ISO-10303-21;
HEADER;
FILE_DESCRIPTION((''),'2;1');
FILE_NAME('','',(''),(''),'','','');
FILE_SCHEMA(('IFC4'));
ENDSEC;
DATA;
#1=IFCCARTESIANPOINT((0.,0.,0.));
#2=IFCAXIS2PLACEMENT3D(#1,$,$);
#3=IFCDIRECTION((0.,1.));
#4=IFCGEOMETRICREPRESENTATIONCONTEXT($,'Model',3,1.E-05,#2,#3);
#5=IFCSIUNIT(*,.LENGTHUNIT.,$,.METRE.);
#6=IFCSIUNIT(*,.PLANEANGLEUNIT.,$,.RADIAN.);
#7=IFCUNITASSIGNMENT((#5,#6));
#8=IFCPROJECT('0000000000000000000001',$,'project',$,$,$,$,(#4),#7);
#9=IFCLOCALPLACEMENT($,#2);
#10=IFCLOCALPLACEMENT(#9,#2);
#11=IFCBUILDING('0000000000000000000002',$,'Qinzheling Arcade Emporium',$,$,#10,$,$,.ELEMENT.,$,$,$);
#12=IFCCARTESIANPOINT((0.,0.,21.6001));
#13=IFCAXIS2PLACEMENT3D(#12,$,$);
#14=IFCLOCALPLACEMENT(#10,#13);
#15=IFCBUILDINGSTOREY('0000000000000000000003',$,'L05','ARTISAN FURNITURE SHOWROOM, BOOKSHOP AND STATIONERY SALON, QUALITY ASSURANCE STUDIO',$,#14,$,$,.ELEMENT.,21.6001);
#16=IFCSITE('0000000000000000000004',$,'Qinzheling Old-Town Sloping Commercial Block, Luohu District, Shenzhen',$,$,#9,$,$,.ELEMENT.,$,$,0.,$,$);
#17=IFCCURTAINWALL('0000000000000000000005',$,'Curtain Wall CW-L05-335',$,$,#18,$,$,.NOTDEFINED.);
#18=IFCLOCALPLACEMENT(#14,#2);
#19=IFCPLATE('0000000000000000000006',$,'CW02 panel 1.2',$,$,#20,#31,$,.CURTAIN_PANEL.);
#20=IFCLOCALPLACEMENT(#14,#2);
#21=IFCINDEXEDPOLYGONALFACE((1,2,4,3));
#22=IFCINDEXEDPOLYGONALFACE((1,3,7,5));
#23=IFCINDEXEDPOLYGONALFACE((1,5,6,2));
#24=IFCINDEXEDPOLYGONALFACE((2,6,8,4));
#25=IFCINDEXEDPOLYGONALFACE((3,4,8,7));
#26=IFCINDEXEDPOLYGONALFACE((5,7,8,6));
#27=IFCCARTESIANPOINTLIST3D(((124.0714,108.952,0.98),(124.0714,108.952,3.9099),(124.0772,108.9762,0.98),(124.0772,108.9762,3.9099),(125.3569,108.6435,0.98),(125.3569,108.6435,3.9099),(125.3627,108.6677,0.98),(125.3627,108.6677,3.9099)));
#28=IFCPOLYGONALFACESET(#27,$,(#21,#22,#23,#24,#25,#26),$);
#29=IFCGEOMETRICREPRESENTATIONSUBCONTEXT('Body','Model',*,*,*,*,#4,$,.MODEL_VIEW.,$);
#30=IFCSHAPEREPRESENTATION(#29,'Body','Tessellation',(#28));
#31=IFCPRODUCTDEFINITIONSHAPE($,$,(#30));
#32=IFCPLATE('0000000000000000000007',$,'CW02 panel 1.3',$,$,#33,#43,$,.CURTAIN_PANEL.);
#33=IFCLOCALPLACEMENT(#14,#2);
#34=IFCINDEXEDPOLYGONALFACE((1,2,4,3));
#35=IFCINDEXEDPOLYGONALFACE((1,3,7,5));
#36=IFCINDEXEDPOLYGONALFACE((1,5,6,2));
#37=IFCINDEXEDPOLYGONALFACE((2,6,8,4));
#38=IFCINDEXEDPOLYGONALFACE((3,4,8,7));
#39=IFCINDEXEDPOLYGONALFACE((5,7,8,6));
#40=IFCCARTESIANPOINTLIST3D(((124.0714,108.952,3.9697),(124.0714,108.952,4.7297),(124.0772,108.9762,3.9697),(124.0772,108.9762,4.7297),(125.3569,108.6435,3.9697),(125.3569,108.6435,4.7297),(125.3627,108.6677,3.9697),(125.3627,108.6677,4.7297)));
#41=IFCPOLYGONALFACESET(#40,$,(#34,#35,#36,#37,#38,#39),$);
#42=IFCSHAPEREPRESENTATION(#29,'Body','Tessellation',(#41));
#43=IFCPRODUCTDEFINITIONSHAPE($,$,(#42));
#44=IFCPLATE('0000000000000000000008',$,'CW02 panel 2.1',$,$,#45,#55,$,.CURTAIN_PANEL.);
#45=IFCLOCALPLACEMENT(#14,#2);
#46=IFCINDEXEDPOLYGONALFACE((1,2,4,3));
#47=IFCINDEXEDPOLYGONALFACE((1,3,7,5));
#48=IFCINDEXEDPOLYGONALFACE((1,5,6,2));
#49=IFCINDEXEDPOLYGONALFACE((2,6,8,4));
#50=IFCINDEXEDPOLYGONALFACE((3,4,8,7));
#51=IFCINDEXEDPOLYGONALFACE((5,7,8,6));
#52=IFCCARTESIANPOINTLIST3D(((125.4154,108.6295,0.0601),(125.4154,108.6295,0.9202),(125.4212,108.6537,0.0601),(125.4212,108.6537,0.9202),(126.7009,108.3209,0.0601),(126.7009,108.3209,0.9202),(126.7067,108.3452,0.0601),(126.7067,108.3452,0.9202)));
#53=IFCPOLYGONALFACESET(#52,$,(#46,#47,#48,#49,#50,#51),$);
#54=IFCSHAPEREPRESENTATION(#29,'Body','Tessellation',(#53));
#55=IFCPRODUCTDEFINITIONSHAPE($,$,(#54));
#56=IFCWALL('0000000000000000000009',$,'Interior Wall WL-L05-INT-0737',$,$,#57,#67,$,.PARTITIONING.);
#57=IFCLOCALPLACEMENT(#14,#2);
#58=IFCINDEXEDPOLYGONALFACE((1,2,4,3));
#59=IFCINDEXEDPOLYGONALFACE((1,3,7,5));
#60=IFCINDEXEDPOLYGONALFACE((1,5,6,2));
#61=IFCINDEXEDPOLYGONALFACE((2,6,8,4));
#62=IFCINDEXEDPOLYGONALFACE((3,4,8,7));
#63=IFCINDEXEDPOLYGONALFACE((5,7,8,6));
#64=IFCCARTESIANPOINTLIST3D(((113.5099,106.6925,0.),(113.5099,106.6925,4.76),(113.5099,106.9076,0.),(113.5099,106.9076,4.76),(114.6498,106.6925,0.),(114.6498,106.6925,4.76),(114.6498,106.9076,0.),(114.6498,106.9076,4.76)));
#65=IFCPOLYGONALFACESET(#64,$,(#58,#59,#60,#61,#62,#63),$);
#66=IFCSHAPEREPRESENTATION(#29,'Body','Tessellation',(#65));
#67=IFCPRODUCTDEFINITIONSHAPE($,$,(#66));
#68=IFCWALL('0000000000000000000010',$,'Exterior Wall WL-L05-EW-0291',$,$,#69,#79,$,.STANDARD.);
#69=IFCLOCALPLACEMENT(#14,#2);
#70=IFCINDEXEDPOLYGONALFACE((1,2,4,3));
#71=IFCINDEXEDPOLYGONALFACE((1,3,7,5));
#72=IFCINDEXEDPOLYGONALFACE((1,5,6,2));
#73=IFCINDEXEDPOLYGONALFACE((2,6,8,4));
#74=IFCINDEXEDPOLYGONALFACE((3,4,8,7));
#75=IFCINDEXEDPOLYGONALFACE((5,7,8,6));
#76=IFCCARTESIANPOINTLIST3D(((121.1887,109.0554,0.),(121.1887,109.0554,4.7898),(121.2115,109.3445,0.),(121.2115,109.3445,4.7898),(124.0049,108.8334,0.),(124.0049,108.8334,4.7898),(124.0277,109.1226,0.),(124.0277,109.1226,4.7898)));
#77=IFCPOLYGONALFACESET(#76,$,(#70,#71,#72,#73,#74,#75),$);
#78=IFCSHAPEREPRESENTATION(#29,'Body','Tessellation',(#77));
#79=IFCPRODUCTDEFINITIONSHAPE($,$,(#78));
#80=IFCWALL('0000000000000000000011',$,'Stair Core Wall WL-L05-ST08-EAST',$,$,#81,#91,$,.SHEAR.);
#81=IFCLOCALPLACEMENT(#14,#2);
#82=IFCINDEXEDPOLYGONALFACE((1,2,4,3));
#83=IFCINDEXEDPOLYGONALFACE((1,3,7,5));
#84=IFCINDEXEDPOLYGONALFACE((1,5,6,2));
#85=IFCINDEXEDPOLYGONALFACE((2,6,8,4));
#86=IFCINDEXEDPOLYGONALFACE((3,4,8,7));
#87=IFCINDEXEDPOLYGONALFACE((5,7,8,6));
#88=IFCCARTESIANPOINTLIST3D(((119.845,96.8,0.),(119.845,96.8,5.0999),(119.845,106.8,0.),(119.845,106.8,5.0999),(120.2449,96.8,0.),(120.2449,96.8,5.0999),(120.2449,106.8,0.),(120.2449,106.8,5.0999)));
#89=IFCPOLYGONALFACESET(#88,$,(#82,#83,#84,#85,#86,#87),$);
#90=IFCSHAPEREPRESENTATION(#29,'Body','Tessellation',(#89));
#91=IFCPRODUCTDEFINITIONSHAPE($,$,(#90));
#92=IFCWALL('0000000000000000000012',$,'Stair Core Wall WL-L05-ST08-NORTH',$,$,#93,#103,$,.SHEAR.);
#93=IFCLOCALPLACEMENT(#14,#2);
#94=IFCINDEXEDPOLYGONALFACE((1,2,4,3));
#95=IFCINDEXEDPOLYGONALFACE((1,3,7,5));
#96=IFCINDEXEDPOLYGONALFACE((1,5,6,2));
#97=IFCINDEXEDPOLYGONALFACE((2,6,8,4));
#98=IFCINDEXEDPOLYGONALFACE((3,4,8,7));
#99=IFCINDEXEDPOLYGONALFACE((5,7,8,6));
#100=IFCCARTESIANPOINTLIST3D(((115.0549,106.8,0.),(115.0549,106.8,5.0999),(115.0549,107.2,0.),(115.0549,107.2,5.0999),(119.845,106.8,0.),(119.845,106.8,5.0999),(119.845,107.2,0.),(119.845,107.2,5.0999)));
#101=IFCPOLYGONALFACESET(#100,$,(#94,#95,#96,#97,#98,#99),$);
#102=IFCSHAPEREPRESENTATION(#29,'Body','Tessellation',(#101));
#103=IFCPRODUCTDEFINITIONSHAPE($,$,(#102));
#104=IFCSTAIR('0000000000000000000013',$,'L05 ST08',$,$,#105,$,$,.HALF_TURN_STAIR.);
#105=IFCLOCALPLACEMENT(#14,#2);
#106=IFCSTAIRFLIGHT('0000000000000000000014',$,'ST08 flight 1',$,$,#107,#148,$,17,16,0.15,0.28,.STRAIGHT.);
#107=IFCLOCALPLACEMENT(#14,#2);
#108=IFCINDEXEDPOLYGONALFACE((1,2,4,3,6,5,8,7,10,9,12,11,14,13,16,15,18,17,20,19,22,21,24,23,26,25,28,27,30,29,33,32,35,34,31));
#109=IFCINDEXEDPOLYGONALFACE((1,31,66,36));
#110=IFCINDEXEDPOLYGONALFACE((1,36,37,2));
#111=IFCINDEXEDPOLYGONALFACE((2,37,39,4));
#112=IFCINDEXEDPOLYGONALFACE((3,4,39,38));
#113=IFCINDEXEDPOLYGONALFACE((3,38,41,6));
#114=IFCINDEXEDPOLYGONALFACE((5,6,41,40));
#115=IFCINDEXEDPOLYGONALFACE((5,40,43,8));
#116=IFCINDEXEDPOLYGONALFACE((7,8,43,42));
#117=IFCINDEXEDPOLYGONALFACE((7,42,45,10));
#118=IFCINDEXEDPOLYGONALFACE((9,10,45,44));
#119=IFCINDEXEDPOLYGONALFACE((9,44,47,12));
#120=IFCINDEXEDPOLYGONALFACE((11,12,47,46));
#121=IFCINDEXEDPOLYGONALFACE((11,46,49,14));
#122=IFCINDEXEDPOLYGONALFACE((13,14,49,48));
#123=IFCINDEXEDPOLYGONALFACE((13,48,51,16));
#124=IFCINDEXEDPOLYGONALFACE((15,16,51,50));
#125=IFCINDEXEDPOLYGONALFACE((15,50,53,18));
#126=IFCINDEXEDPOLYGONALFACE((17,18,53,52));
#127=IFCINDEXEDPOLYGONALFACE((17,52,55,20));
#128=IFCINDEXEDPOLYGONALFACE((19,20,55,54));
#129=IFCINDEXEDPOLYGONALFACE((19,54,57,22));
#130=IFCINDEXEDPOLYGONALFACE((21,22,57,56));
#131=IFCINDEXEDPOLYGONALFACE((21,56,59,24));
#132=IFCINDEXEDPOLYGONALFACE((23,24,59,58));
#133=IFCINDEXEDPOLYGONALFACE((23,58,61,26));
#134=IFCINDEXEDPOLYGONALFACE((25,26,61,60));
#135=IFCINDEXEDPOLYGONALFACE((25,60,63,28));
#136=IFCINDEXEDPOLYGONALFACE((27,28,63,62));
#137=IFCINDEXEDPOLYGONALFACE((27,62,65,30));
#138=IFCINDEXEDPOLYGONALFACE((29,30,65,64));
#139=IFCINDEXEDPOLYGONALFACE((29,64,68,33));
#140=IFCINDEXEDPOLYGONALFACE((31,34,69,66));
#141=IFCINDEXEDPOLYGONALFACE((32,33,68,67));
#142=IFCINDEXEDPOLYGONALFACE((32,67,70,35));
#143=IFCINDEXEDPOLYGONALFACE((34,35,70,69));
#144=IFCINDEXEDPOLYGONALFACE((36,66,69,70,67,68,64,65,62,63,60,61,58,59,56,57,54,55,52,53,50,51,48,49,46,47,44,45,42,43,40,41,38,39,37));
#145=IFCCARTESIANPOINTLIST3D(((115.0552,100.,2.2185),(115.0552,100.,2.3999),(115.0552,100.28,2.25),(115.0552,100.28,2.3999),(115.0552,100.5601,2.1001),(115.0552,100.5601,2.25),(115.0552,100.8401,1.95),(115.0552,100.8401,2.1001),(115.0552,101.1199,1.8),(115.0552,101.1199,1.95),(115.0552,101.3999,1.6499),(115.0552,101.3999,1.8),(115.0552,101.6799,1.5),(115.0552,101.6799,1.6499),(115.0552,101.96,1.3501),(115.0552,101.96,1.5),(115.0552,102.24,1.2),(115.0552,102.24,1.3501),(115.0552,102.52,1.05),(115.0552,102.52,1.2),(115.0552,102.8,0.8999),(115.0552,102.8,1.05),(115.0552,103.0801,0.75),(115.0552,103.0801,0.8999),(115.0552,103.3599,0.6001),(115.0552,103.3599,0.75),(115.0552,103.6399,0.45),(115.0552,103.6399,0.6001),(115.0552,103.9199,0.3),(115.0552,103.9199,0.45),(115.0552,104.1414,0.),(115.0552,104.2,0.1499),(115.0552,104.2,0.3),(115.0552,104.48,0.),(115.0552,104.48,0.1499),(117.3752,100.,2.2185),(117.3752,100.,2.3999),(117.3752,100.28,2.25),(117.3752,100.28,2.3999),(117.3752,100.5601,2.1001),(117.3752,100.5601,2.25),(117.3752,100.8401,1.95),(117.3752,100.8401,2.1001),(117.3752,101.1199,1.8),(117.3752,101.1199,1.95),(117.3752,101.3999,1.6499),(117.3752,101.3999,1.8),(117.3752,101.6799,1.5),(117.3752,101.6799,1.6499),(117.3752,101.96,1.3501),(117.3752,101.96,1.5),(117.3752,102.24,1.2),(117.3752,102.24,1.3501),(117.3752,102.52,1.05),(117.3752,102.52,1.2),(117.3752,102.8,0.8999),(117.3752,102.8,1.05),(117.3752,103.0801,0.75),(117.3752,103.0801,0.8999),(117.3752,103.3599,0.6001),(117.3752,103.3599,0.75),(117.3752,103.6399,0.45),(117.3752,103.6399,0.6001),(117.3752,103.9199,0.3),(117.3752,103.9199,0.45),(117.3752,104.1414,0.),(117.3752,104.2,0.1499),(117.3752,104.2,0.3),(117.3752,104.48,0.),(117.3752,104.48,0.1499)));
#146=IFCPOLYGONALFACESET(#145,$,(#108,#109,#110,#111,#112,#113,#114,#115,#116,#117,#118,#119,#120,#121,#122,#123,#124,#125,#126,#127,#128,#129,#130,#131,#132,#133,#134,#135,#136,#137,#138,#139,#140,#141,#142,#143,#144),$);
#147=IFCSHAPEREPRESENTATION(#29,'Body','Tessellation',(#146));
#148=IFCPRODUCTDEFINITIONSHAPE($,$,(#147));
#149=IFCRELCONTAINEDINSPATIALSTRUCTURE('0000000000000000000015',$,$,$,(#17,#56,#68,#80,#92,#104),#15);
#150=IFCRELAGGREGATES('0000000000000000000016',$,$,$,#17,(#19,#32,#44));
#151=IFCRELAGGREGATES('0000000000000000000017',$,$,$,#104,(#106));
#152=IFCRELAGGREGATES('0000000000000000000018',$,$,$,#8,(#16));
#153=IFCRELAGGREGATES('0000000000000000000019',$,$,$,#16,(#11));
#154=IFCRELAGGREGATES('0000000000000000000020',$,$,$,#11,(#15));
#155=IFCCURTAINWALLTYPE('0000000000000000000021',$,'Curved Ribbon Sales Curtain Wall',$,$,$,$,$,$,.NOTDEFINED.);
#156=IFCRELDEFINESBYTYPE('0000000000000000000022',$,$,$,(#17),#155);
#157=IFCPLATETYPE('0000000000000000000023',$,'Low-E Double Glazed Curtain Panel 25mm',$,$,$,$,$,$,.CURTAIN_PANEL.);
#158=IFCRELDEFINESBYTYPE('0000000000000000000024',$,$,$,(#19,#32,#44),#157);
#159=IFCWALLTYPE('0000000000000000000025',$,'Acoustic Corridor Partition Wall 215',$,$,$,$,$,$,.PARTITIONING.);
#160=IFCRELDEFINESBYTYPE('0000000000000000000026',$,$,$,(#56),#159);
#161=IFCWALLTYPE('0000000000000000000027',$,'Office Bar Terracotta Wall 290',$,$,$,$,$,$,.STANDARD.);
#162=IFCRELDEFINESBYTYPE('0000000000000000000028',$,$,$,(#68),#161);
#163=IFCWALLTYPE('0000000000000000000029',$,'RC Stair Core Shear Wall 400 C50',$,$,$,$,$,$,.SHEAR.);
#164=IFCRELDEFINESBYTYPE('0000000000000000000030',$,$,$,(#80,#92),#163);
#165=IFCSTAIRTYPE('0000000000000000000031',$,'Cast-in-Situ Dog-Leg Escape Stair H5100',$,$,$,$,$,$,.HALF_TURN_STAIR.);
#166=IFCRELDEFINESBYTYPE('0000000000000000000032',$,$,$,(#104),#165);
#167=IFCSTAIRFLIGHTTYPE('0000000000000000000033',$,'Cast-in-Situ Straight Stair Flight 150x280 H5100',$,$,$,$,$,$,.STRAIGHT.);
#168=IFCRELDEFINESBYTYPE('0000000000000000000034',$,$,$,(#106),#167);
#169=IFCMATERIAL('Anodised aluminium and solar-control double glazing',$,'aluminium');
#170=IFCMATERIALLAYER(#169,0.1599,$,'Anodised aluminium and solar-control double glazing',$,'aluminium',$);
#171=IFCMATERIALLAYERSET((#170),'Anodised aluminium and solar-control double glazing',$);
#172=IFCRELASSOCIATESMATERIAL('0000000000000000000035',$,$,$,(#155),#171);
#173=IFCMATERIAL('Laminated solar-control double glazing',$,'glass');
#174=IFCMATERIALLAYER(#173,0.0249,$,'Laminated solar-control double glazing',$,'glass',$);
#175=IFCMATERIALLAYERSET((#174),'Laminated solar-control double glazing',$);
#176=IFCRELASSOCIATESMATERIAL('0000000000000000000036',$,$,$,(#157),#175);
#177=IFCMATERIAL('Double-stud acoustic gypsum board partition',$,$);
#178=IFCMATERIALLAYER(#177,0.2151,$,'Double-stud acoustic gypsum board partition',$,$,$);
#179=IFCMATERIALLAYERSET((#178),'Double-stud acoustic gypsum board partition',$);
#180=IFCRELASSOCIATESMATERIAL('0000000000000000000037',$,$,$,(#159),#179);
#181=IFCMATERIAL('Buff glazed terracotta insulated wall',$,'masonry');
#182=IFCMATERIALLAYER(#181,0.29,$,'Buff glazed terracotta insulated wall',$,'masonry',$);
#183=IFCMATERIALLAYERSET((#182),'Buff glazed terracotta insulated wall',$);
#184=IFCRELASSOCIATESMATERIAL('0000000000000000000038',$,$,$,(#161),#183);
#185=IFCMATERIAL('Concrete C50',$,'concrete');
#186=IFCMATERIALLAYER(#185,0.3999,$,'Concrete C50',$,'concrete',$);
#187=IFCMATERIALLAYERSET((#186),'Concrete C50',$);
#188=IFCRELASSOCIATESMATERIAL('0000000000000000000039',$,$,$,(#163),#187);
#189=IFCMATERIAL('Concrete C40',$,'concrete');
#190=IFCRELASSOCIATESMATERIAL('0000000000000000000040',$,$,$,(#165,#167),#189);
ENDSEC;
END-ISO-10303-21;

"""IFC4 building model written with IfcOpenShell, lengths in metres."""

from ifc_helpers import new_model, si_unit, direction, frame, frame_2d, origin, origin_2d, place, context, subcontext, project, spatial, polyline, rectangle, outline, extrude, material, layer, layer_set, type_object, element, aggregate, save


model = new_model("IFC4")

# Units and contexts
model_context = context("Model", 3, precision=1e-05, world=origin(), true_north=direction((0.0, 1.0)))
body_context = subcontext(model_context, "Body", "Model", "MODEL_VIEW")
ifc_project = project(units=[si_unit("LENGTHUNIT", "METRE"), si_unit("PLANEANGLEUNIT", "RADIAN")], contexts=[model_context])

# Site, building, storey
site_placement = place(None, origin())
site = spatial("IfcSite", under=ifc_project, at=site_placement, Name="Qinzheling Old-Town Sloping Commercial Block, Luohu District, Shenzhen", CompositionType="ELEMENT", RefElevation=0.0)
building_placement = place(site_placement, origin())
building = spatial("IfcBuilding", under=site, at=building_placement, Name="Qinzheling Arcade Emporium", CompositionType="ELEMENT")
storey_placement = place(building_placement, frame((0.0, 0.0, 21.6001)))
storey = spatial("IfcBuildingStorey", under=building, at=storey_placement, Name="L05", Description="ARTISAN FURNITURE SHOWROOM, BOOKSHOP AND STATIONERY SALON, QUALITY ASSURANCE STUDIO", CompositionType="ELEMENT", Elevation=21.6001)

# Shared definitions
ifc_material_1 = material(Name="Concrete C40", Category="concrete")

# Curtain wall
ifc_material_2 = material(Name="Anodised aluminium and solar-control double glazing", Category="aluminium")
ifc_layer_1 = layer(ifc_material_2, 0.1599, Name="Anodised aluminium and solar-control double glazing", Category="aluminium")
ifc_layer_set_1 = layer_set([ifc_layer_1], Name="Anodised aluminium and solar-control double glazing")
curtain_wall_type = type_object("IfcCurtainWallType", Name="Curved Ribbon Sales Curtain Wall", PredefinedType="NOTDEFINED", material=ifc_layer_set_1)
curtain_wall_placement = place(storey_placement, origin())
curtain_wall = element("IfcCurtainWall", 1, at=curtain_wall_placement, inside=storey, type_object=curtain_wall_type, Name="Curtain Wall CW-L05-335", PredefinedType="NOTDEFINED")

# Plates
ifc_material_3 = material(Name="Laminated solar-control double glazing", Category="glass")
ifc_layer_2 = layer(ifc_material_3, 0.0249, Name="Laminated solar-control double glazing", Category="glass")
ifc_layer_set_2 = layer_set([ifc_layer_2], Name="Laminated solar-control double glazing")
plate_type = type_object("IfcPlateType", Name="Low-E Double Glazed Curtain Panel 25mm", PredefinedType="CURTAIN_PANEL", material=ifc_layer_set_2)
plate_1_placement = place(storey_placement, frame((124.717, 108.8098, 0.98), z_axis=(0.0, 0.0, 1.0), x_axis=(0.972391, -0.23336, 0.0)))
plate_1 = element("IfcPlate", 2, at=plate_1_placement, type_object=plate_type, Name="CW02 panel 1.2", PredefinedType="CURTAIN_PANEL", context=body_context, shape_type="SweptSolid", body=[
    extrude(rectangle(XDim=1.322, YDim=0.0249, at=origin_2d()), origin(), (0.0, 0.0, 1.0), 2.9299),
])
plate_2_placement = place(storey_placement, frame((124.717, 108.8098, 3.9697), z_axis=(0.0, 0.0, 1.0), x_axis=(0.972391, -0.23336, 0.0)))
plate_2 = element("IfcPlate", 3, at=plate_2_placement, type_object=plate_type, Name="CW02 panel 1.3", PredefinedType="CURTAIN_PANEL", context=body_context, shape_type="SweptSolid", body=[
    extrude(rectangle(XDim=1.322, YDim=0.0249, at=origin_2d()), origin(), (0.0, 0.0, 1.0), 0.76),
])
plate_3_placement = place(storey_placement, frame((126.061, 108.4873, 0.0601), z_axis=(0.0, 0.0, 1.0), x_axis=(0.972391, -0.23336, 0.0)))
plate_3 = element("IfcPlate", 4, at=plate_3_placement, type_object=plate_type, Name="CW02 panel 2.1", PredefinedType="CURTAIN_PANEL", context=body_context, shape_type="SweptSolid", body=[
    extrude(rectangle(XDim=1.322, YDim=0.0249, at=origin_2d()), origin(), (0.0, 0.0, 1.0), 0.8601),
])
aggregate(curtain_wall, [plate_1, plate_2, plate_3])

# Walls
ifc_material_4 = material(Name="Double-stud acoustic gypsum board partition")
ifc_layer_3 = layer(ifc_material_4, 0.2151, Name="Double-stud acoustic gypsum board partition")
ifc_layer_set_3 = layer_set([ifc_layer_3], Name="Double-stud acoustic gypsum board partition")
wall_type_1 = type_object("IfcWallType", Name="Acoustic Corridor Partition Wall 215", PredefinedType="PARTITIONING", material=ifc_layer_set_3)
wall_1_placement = place(storey_placement, frame((113.51, 106.8, 0.0), z_axis=(0.0, 0.0, 1.0), x_axis=(1.0, 0.0, 0.0)))
element("IfcWall", 5, at=wall_1_placement, inside=storey, type_object=wall_type_1, Name="Interior Wall WL-L05-INT-0737", PredefinedType="PARTITIONING", context=body_context, shape_type="SweptSolid", body=[
    extrude(rectangle(XDim=1.1399, YDim=0.2151, at=frame_2d((0.5698, 0.0))), origin(), (0.0, 0.0, 1.0), 4.76),
])
ifc_material_5 = material(Name="Buff glazed terracotta insulated wall", Category="masonry")
ifc_layer_4 = layer(ifc_material_5, 0.29, Name="Buff glazed terracotta insulated wall", Category="masonry")
ifc_layer_set_4 = layer_set([ifc_layer_4], Name="Buff glazed terracotta insulated wall")
wall_type_2 = type_object("IfcWallType", Name="Office Bar Terracotta Wall 290", PredefinedType="STANDARD", material=ifc_layer_set_4)
wall_2_placement = place(storey_placement, frame((121.2, 109.2, 0.0), z_axis=(0.0, 0.0, 1.0), x_axis=(0.996909, -0.07856, 0.0)))
element("IfcWall", 6, at=wall_2_placement, inside=storey, type_object=wall_type_2, Name="Exterior Wall WL-L05-EW-0291", PredefinedType="STANDARD", context=body_context, shape_type="SweptSolid", body=[
    extrude(rectangle(XDim=2.825, YDim=0.29, at=frame_2d((1.4126, 0.0))), origin(), (0.0, 0.0, 1.0), 4.7898),
])
ifc_material_6 = material(Name="Concrete C50", Category="concrete")
ifc_layer_5 = layer(ifc_material_6, 0.3999, Name="Concrete C50", Category="concrete")
ifc_layer_set_5 = layer_set([ifc_layer_5], Name="Concrete C50")
wall_type_3 = type_object("IfcWallType", Name="RC Stair Core Shear Wall 400 C50", PredefinedType="SHEAR", material=ifc_layer_set_5)
wall_3_placement = place(storey_placement, frame((120.0449, 106.8, 0.0), z_axis=(0.0, 0.0, 1.0), x_axis=(0.0, -1.0, 0.0)))
element("IfcWall", 7, at=wall_3_placement, inside=storey, type_object=wall_type_3, Name="Stair Core Wall WL-L05-ST08-EAST", PredefinedType="SHEAR", context=body_context, shape_type="SweptSolid", body=[
    extrude(rectangle(XDim=10.0, YDim=0.3999, at=frame_2d((5.0, 0.0))), origin(), (0.0, 0.0, 1.0), 5.0999),
])
wall_4_placement = place(storey_placement, frame((115.0549, 107.0, 0.0), z_axis=(0.0, 0.0, 1.0), x_axis=(1.0, 0.0, 0.0)))
element("IfcWall", 8, at=wall_4_placement, inside=storey, type_object=wall_type_3, Name="Stair Core Wall WL-L05-ST08-NORTH", PredefinedType="SHEAR", context=body_context, shape_type="SweptSolid", body=[
    extrude(rectangle(XDim=4.79, YDim=0.3999, at=frame_2d((2.395, 0.0))), origin(), (0.0, 0.0, 1.0), 5.0999),
])

# Stair, stair flight
stair_type = type_object("IfcStairType", Name="Cast-in-Situ Dog-Leg Escape Stair H5100", PredefinedType="HALF_TURN_STAIR", material=ifc_material_1)
stair_placement = place(storey_placement, origin())
stair = element("IfcStair", 9, at=stair_placement, inside=storey, type_object=stair_type, Name="L05 ST08", PredefinedType="HALF_TURN_STAIR")
stair_flight_type = type_object("IfcStairFlightType", Name="Cast-in-Situ Straight Stair Flight 150x280 H5100", PredefinedType="STRAIGHT", material=ifc_material_1)
stair_flight_1_placement = place(storey_placement, frame((116.2151, 104.48, 0.0), z_axis=(0.0, 0.0, 1.0), x_axis=(0.0, -1.0, 0.0)))
stair_flight_1 = element("IfcStairFlight", 10, at=stair_flight_1_placement, type_object=stair_flight_type, Name="ST08 flight 1", NumberOfRisers=17, NumberOfTreads=16, PredefinedType="STRAIGHT", RiserHeight=0.15, TreadLength=0.28, context=body_context, shape_type="SweptSolid", body=[
    extrude(outline(polyline([(0.0, 0.0), (0.0, 0.1499), (0.28, 0.1499), (0.28, 0.3), (0.5601, 0.3), (0.5601, 0.45), (0.8401, 0.45), (0.8401, 0.6001), (1.1201, 0.6001), (1.1201, 0.75), (1.3999, 0.75), (1.3999, 0.8999), (1.6799, 0.8999), (1.6799, 1.05), (1.96, 1.05), (1.96, 1.2), (2.24, 1.2), (2.24, 1.3501), (2.52, 1.3501), (2.52, 1.5), (2.8, 1.5), (2.8, 1.6499), (3.0801, 1.6499), (3.0801, 1.8), (3.3601, 1.8), (3.3601, 1.95), (3.6399, 1.95), (3.6399, 2.1001), (3.9199, 2.1001), (3.9199, 2.25), (4.2, 2.25), (4.2, 2.3999), (4.48, 2.3999), (4.48, 2.55), (4.48, 2.2185), (0.3386, 0.0), (0.0, 0.0)])), frame((0.0, 1.1602, 0.0), z_axis=(0.0, -1.0, 0.0), x_axis=(1.0, 0.0, 0.0)), (0.0, 0.0, 1.0), 2.3201),
])
aggregate(stair, [stair_flight_1])

save(model, "model.ifc")
